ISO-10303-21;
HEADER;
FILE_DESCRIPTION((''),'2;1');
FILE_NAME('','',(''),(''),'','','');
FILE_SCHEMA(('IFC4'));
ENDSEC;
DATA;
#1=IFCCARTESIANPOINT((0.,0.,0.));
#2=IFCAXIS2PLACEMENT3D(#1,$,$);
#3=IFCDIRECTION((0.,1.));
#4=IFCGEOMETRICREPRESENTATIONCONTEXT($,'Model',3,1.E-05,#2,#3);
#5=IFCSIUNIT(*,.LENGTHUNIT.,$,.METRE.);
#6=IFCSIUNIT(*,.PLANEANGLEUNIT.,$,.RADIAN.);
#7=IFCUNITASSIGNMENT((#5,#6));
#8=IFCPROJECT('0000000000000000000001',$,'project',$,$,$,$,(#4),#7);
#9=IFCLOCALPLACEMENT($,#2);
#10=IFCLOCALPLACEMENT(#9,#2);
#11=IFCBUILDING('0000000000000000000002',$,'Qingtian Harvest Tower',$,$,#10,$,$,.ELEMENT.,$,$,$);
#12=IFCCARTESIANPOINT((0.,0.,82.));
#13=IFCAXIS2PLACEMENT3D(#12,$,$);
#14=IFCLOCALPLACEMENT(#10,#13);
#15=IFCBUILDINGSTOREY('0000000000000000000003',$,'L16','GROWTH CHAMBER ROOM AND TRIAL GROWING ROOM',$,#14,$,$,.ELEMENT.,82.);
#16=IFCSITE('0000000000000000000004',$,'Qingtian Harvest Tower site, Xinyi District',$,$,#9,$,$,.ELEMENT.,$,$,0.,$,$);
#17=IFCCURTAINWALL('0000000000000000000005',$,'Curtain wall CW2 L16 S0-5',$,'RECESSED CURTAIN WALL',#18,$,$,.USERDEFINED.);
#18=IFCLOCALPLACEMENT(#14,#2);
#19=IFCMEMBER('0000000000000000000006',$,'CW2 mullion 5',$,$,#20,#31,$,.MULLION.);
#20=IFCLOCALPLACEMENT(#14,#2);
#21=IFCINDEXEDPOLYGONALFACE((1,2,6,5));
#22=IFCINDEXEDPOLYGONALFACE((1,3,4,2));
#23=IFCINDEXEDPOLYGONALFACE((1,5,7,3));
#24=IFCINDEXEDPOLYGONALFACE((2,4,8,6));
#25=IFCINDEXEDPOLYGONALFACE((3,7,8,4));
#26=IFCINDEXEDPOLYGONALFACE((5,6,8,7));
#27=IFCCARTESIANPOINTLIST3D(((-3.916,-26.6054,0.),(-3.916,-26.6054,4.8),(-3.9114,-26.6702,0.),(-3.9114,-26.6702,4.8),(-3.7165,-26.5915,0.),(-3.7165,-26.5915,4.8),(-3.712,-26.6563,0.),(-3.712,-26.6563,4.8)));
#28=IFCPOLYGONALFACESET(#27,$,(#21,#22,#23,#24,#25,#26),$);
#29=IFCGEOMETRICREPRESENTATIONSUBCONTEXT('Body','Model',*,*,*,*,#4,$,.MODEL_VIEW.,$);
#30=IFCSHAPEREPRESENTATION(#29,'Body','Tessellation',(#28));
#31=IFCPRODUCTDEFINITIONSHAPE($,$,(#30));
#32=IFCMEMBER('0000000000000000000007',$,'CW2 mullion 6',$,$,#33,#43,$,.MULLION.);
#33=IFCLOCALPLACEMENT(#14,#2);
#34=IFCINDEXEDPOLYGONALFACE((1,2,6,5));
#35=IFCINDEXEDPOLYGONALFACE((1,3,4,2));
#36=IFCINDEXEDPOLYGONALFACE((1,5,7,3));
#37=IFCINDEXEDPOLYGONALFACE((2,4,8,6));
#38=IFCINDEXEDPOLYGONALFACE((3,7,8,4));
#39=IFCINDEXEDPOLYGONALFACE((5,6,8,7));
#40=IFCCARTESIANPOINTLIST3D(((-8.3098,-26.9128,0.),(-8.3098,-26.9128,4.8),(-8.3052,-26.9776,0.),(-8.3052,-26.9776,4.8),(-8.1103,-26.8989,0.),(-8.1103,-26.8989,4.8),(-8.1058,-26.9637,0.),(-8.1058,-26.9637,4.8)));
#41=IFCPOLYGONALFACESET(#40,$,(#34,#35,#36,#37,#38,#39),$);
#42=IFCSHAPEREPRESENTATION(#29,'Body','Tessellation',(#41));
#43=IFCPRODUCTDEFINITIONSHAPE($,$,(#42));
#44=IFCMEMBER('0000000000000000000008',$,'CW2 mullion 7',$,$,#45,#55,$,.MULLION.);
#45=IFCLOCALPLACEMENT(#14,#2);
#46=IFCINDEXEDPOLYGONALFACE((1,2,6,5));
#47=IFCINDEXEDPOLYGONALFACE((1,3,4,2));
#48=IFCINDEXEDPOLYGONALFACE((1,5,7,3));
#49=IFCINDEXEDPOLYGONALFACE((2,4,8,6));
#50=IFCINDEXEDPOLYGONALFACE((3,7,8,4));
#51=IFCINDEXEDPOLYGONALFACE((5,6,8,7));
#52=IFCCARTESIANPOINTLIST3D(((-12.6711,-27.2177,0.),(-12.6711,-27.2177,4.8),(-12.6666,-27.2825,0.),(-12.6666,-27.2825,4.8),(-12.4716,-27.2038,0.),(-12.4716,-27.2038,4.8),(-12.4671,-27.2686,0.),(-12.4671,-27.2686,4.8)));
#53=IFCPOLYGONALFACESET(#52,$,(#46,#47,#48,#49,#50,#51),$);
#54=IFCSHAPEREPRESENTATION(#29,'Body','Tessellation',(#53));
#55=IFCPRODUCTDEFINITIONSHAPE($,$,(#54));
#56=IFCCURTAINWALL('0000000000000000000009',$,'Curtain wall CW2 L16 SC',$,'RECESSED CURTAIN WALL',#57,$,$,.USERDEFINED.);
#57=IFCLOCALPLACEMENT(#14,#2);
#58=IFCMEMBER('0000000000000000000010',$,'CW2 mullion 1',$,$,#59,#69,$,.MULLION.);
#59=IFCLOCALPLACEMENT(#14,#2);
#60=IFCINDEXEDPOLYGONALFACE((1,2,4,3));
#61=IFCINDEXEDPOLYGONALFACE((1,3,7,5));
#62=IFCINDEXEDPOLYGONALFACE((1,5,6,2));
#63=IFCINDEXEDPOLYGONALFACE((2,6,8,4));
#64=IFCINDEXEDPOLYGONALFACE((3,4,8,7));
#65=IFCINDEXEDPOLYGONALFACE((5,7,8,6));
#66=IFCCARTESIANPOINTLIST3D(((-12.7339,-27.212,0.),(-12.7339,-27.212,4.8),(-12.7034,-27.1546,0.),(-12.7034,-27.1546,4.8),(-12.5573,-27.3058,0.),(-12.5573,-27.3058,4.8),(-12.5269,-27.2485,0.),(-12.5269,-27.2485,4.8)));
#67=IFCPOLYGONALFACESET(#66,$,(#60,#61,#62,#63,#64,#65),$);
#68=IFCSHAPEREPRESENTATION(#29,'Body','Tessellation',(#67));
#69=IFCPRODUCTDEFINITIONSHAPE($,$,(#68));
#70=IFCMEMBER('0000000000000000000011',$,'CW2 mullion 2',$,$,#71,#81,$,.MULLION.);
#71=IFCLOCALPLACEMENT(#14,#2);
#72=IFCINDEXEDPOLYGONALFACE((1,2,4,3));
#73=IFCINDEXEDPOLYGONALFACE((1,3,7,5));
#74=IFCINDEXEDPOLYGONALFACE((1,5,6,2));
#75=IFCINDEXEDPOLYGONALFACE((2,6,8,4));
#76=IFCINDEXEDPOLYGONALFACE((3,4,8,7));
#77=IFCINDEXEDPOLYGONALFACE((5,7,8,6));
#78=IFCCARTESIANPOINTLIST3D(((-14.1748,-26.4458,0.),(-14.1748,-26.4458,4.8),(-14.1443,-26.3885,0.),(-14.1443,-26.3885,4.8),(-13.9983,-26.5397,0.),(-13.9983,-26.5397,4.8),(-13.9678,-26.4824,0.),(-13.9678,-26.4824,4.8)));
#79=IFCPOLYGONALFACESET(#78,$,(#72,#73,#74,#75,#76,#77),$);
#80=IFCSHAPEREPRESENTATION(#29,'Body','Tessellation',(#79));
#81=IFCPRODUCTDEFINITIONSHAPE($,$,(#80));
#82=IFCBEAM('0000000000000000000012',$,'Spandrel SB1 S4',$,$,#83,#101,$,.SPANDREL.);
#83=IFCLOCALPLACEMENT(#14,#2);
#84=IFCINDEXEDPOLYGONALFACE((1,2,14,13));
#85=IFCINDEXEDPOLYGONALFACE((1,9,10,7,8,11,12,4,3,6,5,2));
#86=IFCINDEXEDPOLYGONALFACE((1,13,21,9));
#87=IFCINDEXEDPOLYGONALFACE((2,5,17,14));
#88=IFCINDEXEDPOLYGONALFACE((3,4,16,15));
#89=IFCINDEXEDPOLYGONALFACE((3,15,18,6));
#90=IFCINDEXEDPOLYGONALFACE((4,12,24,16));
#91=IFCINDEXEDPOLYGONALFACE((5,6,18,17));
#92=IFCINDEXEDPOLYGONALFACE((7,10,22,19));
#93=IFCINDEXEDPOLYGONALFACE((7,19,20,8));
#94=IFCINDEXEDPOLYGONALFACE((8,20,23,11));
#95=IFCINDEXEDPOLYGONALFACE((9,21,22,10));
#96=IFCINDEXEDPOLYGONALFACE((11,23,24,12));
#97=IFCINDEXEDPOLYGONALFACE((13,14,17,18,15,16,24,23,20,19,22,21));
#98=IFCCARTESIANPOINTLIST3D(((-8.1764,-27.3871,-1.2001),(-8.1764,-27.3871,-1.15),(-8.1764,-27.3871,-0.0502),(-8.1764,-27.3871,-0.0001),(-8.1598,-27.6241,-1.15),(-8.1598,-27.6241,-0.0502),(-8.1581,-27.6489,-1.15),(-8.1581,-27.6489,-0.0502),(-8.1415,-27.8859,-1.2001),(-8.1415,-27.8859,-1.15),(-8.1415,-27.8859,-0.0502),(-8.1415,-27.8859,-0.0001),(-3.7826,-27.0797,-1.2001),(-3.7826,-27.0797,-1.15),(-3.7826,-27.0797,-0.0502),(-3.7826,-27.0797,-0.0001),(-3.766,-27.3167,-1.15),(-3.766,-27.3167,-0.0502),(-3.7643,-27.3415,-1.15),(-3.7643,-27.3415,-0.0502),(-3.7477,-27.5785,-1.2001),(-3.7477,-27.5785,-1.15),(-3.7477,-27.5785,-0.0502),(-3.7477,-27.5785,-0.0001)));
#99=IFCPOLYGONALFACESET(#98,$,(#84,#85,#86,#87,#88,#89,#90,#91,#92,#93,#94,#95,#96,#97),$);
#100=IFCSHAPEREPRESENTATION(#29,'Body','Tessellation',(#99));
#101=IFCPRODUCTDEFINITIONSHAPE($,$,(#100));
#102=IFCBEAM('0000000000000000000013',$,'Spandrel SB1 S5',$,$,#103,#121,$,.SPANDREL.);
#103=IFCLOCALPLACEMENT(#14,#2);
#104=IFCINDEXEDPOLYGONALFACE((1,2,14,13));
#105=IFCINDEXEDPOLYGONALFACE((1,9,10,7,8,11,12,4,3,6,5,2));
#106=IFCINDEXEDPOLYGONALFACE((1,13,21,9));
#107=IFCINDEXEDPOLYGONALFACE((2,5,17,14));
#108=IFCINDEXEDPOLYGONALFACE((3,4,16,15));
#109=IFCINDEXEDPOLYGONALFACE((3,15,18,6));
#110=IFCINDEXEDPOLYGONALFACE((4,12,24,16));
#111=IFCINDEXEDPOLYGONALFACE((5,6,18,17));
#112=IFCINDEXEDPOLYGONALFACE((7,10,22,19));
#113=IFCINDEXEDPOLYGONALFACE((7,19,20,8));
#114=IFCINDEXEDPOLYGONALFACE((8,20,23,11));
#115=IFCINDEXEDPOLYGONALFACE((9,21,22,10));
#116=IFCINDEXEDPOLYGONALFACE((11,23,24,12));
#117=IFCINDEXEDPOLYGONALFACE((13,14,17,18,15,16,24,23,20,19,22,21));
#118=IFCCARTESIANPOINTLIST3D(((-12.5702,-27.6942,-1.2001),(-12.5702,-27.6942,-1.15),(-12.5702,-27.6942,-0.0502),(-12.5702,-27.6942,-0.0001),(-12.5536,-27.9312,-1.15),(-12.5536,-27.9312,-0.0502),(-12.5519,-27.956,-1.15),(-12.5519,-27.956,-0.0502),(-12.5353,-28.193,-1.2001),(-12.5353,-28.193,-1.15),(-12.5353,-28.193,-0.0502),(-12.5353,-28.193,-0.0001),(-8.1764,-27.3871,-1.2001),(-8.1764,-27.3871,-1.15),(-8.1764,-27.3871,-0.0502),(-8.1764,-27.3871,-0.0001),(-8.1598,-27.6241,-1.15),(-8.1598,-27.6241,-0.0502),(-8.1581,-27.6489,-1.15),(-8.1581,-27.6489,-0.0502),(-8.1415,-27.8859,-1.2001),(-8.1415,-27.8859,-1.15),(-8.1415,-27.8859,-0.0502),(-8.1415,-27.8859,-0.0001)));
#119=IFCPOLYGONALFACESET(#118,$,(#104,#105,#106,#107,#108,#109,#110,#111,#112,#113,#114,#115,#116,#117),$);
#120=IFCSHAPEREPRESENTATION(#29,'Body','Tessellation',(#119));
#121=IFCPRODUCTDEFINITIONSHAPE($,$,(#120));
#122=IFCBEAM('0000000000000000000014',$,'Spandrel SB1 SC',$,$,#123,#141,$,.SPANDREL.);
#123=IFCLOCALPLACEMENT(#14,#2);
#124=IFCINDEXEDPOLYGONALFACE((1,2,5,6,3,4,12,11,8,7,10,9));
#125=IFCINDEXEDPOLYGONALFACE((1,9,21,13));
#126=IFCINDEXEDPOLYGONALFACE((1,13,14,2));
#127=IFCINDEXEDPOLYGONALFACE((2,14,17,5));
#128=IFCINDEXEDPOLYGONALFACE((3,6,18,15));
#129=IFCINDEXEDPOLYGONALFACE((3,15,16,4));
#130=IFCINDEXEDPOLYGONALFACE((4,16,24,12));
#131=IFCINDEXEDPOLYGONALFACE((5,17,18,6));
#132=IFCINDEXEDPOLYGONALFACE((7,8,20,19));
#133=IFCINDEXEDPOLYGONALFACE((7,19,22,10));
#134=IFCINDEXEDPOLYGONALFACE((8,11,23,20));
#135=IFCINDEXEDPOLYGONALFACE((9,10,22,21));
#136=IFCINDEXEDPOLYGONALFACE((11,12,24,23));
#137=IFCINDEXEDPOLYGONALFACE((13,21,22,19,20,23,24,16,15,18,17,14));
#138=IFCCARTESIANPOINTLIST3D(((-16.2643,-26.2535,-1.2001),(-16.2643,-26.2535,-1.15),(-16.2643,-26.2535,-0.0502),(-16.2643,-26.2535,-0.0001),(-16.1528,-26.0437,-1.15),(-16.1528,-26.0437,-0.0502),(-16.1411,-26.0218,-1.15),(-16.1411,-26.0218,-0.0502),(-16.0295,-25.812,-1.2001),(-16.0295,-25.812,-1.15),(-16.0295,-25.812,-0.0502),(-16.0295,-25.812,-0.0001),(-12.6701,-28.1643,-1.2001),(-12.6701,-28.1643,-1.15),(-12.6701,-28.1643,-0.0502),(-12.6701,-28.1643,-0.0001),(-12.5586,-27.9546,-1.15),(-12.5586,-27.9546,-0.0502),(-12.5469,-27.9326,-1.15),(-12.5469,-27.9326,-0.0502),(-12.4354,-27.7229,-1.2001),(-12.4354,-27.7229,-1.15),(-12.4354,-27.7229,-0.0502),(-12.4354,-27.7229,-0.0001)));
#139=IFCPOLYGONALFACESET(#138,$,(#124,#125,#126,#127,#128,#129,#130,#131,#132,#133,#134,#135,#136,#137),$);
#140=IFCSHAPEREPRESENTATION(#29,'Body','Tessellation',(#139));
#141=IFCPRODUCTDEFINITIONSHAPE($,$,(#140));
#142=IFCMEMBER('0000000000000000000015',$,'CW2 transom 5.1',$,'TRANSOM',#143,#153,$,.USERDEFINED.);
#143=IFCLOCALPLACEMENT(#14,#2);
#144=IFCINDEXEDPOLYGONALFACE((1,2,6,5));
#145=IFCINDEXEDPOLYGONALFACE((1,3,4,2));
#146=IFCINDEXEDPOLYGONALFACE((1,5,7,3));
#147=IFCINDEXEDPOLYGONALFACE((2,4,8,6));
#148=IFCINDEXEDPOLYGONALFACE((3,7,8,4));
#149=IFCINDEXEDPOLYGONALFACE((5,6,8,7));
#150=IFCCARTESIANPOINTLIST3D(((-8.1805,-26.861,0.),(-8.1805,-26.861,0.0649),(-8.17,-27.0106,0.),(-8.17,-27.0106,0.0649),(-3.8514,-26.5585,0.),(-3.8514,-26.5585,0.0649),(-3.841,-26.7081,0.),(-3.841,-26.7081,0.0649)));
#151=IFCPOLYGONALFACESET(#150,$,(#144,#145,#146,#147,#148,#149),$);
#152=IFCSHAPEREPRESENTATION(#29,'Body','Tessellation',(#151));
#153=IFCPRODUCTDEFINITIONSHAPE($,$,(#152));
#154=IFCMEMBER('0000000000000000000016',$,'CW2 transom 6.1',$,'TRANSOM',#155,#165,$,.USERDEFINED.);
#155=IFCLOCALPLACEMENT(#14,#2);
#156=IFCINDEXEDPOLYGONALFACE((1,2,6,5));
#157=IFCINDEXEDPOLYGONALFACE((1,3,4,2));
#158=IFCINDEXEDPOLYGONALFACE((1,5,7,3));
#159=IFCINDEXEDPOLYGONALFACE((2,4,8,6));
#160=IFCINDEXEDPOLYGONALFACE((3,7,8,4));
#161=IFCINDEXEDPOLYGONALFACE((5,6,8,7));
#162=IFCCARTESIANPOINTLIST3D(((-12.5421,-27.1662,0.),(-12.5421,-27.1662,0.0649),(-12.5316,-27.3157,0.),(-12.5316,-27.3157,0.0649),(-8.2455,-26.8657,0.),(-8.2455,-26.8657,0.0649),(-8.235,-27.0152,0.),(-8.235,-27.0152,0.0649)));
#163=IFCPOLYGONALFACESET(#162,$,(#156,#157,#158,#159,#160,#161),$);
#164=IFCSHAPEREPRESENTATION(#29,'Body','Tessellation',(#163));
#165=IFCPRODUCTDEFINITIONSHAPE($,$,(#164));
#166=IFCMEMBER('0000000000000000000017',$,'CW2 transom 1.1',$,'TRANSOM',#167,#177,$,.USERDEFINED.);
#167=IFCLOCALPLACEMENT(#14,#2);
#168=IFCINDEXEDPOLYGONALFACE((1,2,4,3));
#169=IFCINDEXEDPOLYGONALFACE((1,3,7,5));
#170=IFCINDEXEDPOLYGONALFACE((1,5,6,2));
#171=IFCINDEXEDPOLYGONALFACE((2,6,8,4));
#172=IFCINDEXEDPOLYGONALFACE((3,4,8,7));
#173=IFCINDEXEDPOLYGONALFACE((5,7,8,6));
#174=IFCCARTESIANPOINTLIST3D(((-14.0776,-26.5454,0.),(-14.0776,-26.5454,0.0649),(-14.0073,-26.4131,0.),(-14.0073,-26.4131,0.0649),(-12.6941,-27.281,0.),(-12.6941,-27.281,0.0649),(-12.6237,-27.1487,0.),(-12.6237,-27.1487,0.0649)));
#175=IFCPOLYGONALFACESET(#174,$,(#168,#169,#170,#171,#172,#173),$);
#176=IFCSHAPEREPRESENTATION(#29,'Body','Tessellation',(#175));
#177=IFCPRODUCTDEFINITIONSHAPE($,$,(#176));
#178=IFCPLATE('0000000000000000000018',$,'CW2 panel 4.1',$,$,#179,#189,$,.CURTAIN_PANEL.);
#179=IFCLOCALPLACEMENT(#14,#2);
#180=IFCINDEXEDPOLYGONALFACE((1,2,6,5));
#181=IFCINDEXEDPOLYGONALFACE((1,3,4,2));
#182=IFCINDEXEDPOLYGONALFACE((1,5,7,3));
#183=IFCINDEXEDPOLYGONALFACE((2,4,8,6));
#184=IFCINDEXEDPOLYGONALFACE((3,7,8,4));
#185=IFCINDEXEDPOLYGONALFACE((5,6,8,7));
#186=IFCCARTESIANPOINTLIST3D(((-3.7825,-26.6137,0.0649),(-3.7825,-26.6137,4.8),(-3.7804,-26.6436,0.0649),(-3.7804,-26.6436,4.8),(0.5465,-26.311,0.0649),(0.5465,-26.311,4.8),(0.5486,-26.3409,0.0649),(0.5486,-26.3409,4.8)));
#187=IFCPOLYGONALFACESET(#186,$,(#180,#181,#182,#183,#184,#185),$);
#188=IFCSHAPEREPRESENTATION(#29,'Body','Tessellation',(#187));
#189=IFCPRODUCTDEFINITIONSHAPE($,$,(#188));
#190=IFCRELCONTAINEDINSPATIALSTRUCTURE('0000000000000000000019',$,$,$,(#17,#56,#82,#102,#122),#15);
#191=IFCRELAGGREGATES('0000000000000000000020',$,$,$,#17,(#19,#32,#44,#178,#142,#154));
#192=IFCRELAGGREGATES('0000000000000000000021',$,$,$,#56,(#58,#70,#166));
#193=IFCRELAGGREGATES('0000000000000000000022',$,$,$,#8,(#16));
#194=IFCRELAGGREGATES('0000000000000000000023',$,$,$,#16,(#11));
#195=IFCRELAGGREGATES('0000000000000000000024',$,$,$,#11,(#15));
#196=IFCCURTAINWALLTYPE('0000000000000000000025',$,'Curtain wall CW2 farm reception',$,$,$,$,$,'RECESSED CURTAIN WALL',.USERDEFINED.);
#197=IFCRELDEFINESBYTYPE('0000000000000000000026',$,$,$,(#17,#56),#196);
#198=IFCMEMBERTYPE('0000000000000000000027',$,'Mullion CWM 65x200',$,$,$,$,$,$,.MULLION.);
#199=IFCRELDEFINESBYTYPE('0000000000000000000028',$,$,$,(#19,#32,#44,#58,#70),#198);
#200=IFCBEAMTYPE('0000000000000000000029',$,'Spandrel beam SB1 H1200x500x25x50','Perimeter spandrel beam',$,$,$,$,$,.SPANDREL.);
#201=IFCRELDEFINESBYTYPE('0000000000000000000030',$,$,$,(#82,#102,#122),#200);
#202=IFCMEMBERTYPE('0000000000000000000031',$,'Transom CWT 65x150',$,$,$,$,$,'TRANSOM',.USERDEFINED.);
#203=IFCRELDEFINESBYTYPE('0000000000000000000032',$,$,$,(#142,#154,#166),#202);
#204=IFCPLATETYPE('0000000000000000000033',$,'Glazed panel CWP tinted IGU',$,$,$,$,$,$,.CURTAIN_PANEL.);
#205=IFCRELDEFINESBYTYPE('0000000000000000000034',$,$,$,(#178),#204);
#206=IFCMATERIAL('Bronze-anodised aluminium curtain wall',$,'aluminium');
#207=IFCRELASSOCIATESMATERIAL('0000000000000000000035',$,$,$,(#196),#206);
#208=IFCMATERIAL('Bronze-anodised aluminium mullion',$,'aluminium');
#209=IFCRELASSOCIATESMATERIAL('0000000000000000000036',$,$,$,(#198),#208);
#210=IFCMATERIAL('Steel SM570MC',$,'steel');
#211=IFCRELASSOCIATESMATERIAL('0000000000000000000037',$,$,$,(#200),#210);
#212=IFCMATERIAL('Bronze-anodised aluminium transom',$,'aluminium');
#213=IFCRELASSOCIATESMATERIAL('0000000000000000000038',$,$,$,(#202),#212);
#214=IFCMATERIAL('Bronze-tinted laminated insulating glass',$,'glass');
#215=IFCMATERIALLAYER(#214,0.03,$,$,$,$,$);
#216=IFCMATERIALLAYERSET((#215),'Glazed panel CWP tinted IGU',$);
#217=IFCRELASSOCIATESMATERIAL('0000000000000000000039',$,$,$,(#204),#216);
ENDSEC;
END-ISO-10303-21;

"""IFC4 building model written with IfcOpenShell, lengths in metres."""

from ifc_helpers import new_model, si_unit, direction, frame, origin, origin_2d, place, context, subcontext, project, spatial, rectangle, i_section, extrude, material, layer, layer_set, material_profile, profile_set, type_object, element, aggregate, save


model = new_model("IFC4")

# Units and contexts
model_context = context("Model", 3, precision=1e-05, world=origin(), true_north=direction((0.0, 1.0)))
body_context = subcontext(model_context, "Body", "Model", "MODEL_VIEW")
ifc_project = project(units=[si_unit("LENGTHUNIT", "METRE"), si_unit("PLANEANGLEUNIT", "RADIAN")], contexts=[model_context])

# Site, building, storey
site_placement = place(None, origin())
site = spatial("IfcSite", under=ifc_project, at=site_placement, Name="Qingtian Harvest Tower site, Xinyi District", CompositionType="ELEMENT", RefElevation=0.0)
building_placement = place(site_placement, origin())
building = spatial("IfcBuilding", under=site, at=building_placement, Name="Qingtian Harvest Tower", CompositionType="ELEMENT")
storey_placement = place(building_placement, frame((0.0, 0.0, 82.0)))
storey = spatial("IfcBuildingStorey", under=building, at=storey_placement, Name="L16", Description="GROWTH CHAMBER ROOM AND TRIAL GROWING ROOM", CompositionType="ELEMENT", Elevation=82.0)

# Curtain walls, members
ifc_material_1 = material(Name="Bronze-anodised aluminium curtain wall", Category="aluminium")
curtain_wall_type = type_object("IfcCurtainWallType", Name="Curtain wall CW2 farm reception", ElementType="RECESSED CURTAIN WALL", PredefinedType="USERDEFINED", material=ifc_material_1)
curtain_wall_1_placement = place(storey_placement, origin())
curtain_wall_1 = element("IfcCurtainWall", 1, at=curtain_wall_1_placement, inside=storey, type_object=curtain_wall_type, Name="Curtain wall CW2 L16 S0-5", ObjectType="RECESSED CURTAIN WALL", PredefinedType="USERDEFINED")
ifc_material_2 = material(Name="Bronze-anodised aluminium mullion", Category="aluminium")
ifc_material_profile_1 = material_profile(ifc_material_2, rectangle(XDim=0.0649, YDim=0.2, at=origin_2d()), Name="AL 65x200")
ifc_profile_set_1 = profile_set([ifc_material_profile_1], Name="Bronze-anodised aluminium mullion")
member_type_1 = type_object("IfcMemberType", Name="Mullion CWM 65x200", PredefinedType="MULLION", material=ifc_profile_set_1)
member_1_placement = place(storey_placement, frame((-3.814, -26.6309, 0.0), z_axis=(0.0, 0.0, 1.0), x_axis=(0.069756, -0.997564, 0.0)))
member_1 = element("IfcMember", 2, at=member_1_placement, type_object=member_type_1, Name="CW2 mullion 5", PredefinedType="MULLION", context=body_context, shape_type="SweptSolid", body=[
    extrude(rectangle(XDim=0.0649, YDim=0.2, at=origin_2d()), origin(), (0.0, 0.0, 1.0), 4.8),
])
member_2_placement = place(storey_placement, frame((-8.2078, -26.9382, 0.0), z_axis=(0.0, 0.0, 1.0), x_axis=(0.069756, -0.997564, 0.0)))
member_2 = element("IfcMember", 3, at=member_2_placement, type_object=member_type_1, Name="CW2 mullion 6", PredefinedType="MULLION", context=body_context, shape_type="SweptSolid", body=[
    extrude(rectangle(XDim=0.0649, YDim=0.2, at=origin_2d()), origin(), (0.0, 0.0, 1.0), 4.8),
])
member_3_placement = place(storey_placement, frame((-12.5691, -27.2432, 0.0), z_axis=(0.0, 0.0, 1.0), x_axis=(0.069756, -0.997564, 0.0)))
member_3 = element("IfcMember", 4, at=member_3_placement, type_object=member_type_1, Name="CW2 mullion 7", PredefinedType="MULLION", context=body_context, shape_type="SweptSolid", body=[
    extrude(rectangle(XDim=0.0649, YDim=0.2, at=origin_2d()), origin(), (0.0, 0.0, 1.0), 4.8),
])
curtain_wall_2_placement = place(storey_placement, origin())
curtain_wall_2 = element("IfcCurtainWall", 5, at=curtain_wall_2_placement, inside=storey, type_object=curtain_wall_type, Name="Curtain wall CW2 L16 SC", ObjectType="RECESSED CURTAIN WALL", PredefinedType="USERDEFINED")
member_4_placement = place(storey_placement, frame((-12.6304, -27.2302, 0.0), z_axis=(0.0, 0.0, 1.0), x_axis=(-0.469472, -0.882948, 0.0)))
member_4 = element("IfcMember", 6, at=member_4_placement, type_object=member_type_1, Name="CW2 mullion 1", PredefinedType="MULLION", context=body_context, shape_type="SweptSolid", body=[
    extrude(rectangle(XDim=0.0649, YDim=0.2, at=origin_2d()), origin(), (0.0, 0.0, 1.0), 4.8),
])
member_5_placement = place(storey_placement, frame((-14.0713, -26.4641, 0.0), z_axis=(0.0, 0.0, 1.0), x_axis=(-0.469472, -0.882948, 0.0)))
member_5 = element("IfcMember", 7, at=member_5_placement, type_object=member_type_1, Name="CW2 mullion 2", PredefinedType="MULLION", context=body_context, shape_type="SweptSolid", body=[
    extrude(rectangle(XDim=0.0649, YDim=0.2, at=origin_2d()), origin(), (0.0, 0.0, 1.0), 4.8),
])

# Beams
ifc_material_3 = material(Name="Steel SM570MC", Category="steel")
ifc_material_profile_2 = material_profile(ifc_material_3, i_section(OverallWidth=0.5, OverallDepth=1.2, WebThickness=0.0249, FlangeThickness=0.05, at=origin_2d()), Name="H1200x500x25x50")
ifc_profile_set_2 = profile_set([ifc_material_profile_2], Name="Steel SM570MC")
beam_type_1 = type_object("IfcBeamType", Name="Spandrel beam SB1 H1200x500x25x50", Description="Perimeter spandrel beam", PredefinedType="SPANDREL", material=ifc_profile_set_2)
for number, where, z_axis, x_axis, name in (
    (8, (-3.7651, -27.3291, -0.6001), (-0.997562, -0.069786, 0.0), (0.069786, -0.997562, 0.0), "Spandrel SB1 S4"),
    (9, (-8.1589, -27.6365, -0.6001), (-0.997566, -0.06973, 0.0), (0.06973, -0.997566, 0.0), "Spandrel SB1 S5"),
):
    element("IfcBeam", number, at=place(storey_placement, frame(where, z_axis=z_axis, x_axis=x_axis)), inside=storey, type_object=beam_type_1, Name=name, PredefinedType="SPANDREL", context=body_context, shape_type="SweptSolid", body=[
        extrude(i_section(OverallWidth=0.5, OverallDepth=1.2, WebThickness=0.0249, FlangeThickness=0.05, at=origin_2d()), origin(), (0.0, 0.0, 1.0), 4.4045),
    ])
beam_1_placement = place(storey_placement, frame((-12.5527, -27.9436, -0.6001), z_axis=(-0.882968, 0.469433, 0.0), x_axis=(-0.469433, -0.882968, 0.0)))
element("IfcBeam", 10, at=beam_1_placement, inside=storey, type_object=beam_type_1, Name="Spandrel SB1 SC", PredefinedType="SPANDREL", context=body_context, shape_type="SweptSolid", body=[
    extrude(i_section(OverallWidth=0.5, OverallDepth=1.2, WebThickness=0.0249, FlangeThickness=0.05, at=origin_2d()), origin(), (0.0, 0.0, 1.0), 4.0706),
])

# Members
ifc_material_4 = material(Name="Bronze-anodised aluminium transom", Category="aluminium")
ifc_material_profile_3 = material_profile(ifc_material_4, rectangle(XDim=0.1499, YDim=0.0649, at=origin_2d()), Name="AL 65x150")
ifc_profile_set_3 = profile_set([ifc_material_profile_3], Name="Bronze-anodised aluminium transom")
member_type_2 = type_object("IfcMemberType", Name="Transom CWT 65x150", ElementType="TRANSOM", PredefinedType="USERDEFINED", material=ifc_profile_set_3)
member_6_placement = place(storey_placement, frame((-3.8462, -26.6333, 0.0325), z_axis=(-0.997568, -0.069704, 0.0), x_axis=(0.069704, -0.997568, 0.0)))
member_6 = element("IfcMember", 11, at=member_6_placement, type_object=member_type_2, Name="CW2 transom 5.1", ObjectType="TRANSOM", PredefinedType="USERDEFINED", context=body_context, shape_type="SweptSolid", body=[
    extrude(rectangle(XDim=0.1499, YDim=0.0649, at=origin_2d()), origin(), (0.0, 0.0, 1.0), 4.3396),
])
member_7_placement = place(storey_placement, frame((-8.2402, -26.9404, 0.0325), z_axis=(-0.997563, -0.069777, 0.0), x_axis=(0.069777, -0.997563, 0.0)))
member_7 = element("IfcMember", 12, at=member_7_placement, type_object=member_type_2, Name="CW2 transom 6.1", ObjectType="TRANSOM", PredefinedType="USERDEFINED", context=body_context, shape_type="SweptSolid", body=[
    extrude(rectangle(XDim=0.1499, YDim=0.0649, at=origin_2d()), origin(), (0.0, 0.0, 1.0), 4.3071),
])
member_8_placement = place(storey_placement, frame((-12.6589, -27.2148, 0.0325), z_axis=(-0.88296, 0.469448, 0.0), x_axis=(-0.469448, -0.88296, 0.0)))
member_8 = element("IfcMember", 13, at=member_8_placement, type_object=member_type_2, Name="CW2 transom 1.1", ObjectType="TRANSOM", PredefinedType="USERDEFINED", context=body_context, shape_type="SweptSolid", body=[
    extrude(rectangle(XDim=0.1499, YDim=0.0649, at=origin_2d()), origin(), (0.0, 0.0, 1.0), 1.5669),
])

# Plate
ifc_material_5 = material(Name="Bronze-tinted laminated insulating glass", Category="glass")
ifc_layer_1 = layer(ifc_material_5, 0.03)
ifc_layer_set_1 = layer_set([ifc_layer_1], Name="Glazed panel CWP tinted IGU")
plate_type = type_object("IfcPlateType", Name="Glazed panel CWP tinted IGU", PredefinedType="CURTAIN_PANEL", material=ifc_layer_set_1)
plate_1_placement = place(storey_placement, frame((-1.6169, -26.4773, 0.0649), z_axis=(0.0, 0.0, 1.0), x_axis=(-0.997564, -0.069756, 0.0)))
plate_1 = element("IfcPlate", 14, at=plate_1_placement, type_object=plate_type, Name="CW2 panel 4.1", PredefinedType="CURTAIN_PANEL", context=body_context, shape_type="SweptSolid", body=[
    extrude(rectangle(XDim=4.3396, YDim=0.03, at=origin_2d()), origin(), (0.0, 0.0, 1.0), 4.7351),
])
aggregate(curtain_wall_1, [member_1, member_2, member_3, plate_1, member_6, member_7])
aggregate(curtain_wall_2, [member_4, member_5, member_8])

save(model, "model.ifc")
